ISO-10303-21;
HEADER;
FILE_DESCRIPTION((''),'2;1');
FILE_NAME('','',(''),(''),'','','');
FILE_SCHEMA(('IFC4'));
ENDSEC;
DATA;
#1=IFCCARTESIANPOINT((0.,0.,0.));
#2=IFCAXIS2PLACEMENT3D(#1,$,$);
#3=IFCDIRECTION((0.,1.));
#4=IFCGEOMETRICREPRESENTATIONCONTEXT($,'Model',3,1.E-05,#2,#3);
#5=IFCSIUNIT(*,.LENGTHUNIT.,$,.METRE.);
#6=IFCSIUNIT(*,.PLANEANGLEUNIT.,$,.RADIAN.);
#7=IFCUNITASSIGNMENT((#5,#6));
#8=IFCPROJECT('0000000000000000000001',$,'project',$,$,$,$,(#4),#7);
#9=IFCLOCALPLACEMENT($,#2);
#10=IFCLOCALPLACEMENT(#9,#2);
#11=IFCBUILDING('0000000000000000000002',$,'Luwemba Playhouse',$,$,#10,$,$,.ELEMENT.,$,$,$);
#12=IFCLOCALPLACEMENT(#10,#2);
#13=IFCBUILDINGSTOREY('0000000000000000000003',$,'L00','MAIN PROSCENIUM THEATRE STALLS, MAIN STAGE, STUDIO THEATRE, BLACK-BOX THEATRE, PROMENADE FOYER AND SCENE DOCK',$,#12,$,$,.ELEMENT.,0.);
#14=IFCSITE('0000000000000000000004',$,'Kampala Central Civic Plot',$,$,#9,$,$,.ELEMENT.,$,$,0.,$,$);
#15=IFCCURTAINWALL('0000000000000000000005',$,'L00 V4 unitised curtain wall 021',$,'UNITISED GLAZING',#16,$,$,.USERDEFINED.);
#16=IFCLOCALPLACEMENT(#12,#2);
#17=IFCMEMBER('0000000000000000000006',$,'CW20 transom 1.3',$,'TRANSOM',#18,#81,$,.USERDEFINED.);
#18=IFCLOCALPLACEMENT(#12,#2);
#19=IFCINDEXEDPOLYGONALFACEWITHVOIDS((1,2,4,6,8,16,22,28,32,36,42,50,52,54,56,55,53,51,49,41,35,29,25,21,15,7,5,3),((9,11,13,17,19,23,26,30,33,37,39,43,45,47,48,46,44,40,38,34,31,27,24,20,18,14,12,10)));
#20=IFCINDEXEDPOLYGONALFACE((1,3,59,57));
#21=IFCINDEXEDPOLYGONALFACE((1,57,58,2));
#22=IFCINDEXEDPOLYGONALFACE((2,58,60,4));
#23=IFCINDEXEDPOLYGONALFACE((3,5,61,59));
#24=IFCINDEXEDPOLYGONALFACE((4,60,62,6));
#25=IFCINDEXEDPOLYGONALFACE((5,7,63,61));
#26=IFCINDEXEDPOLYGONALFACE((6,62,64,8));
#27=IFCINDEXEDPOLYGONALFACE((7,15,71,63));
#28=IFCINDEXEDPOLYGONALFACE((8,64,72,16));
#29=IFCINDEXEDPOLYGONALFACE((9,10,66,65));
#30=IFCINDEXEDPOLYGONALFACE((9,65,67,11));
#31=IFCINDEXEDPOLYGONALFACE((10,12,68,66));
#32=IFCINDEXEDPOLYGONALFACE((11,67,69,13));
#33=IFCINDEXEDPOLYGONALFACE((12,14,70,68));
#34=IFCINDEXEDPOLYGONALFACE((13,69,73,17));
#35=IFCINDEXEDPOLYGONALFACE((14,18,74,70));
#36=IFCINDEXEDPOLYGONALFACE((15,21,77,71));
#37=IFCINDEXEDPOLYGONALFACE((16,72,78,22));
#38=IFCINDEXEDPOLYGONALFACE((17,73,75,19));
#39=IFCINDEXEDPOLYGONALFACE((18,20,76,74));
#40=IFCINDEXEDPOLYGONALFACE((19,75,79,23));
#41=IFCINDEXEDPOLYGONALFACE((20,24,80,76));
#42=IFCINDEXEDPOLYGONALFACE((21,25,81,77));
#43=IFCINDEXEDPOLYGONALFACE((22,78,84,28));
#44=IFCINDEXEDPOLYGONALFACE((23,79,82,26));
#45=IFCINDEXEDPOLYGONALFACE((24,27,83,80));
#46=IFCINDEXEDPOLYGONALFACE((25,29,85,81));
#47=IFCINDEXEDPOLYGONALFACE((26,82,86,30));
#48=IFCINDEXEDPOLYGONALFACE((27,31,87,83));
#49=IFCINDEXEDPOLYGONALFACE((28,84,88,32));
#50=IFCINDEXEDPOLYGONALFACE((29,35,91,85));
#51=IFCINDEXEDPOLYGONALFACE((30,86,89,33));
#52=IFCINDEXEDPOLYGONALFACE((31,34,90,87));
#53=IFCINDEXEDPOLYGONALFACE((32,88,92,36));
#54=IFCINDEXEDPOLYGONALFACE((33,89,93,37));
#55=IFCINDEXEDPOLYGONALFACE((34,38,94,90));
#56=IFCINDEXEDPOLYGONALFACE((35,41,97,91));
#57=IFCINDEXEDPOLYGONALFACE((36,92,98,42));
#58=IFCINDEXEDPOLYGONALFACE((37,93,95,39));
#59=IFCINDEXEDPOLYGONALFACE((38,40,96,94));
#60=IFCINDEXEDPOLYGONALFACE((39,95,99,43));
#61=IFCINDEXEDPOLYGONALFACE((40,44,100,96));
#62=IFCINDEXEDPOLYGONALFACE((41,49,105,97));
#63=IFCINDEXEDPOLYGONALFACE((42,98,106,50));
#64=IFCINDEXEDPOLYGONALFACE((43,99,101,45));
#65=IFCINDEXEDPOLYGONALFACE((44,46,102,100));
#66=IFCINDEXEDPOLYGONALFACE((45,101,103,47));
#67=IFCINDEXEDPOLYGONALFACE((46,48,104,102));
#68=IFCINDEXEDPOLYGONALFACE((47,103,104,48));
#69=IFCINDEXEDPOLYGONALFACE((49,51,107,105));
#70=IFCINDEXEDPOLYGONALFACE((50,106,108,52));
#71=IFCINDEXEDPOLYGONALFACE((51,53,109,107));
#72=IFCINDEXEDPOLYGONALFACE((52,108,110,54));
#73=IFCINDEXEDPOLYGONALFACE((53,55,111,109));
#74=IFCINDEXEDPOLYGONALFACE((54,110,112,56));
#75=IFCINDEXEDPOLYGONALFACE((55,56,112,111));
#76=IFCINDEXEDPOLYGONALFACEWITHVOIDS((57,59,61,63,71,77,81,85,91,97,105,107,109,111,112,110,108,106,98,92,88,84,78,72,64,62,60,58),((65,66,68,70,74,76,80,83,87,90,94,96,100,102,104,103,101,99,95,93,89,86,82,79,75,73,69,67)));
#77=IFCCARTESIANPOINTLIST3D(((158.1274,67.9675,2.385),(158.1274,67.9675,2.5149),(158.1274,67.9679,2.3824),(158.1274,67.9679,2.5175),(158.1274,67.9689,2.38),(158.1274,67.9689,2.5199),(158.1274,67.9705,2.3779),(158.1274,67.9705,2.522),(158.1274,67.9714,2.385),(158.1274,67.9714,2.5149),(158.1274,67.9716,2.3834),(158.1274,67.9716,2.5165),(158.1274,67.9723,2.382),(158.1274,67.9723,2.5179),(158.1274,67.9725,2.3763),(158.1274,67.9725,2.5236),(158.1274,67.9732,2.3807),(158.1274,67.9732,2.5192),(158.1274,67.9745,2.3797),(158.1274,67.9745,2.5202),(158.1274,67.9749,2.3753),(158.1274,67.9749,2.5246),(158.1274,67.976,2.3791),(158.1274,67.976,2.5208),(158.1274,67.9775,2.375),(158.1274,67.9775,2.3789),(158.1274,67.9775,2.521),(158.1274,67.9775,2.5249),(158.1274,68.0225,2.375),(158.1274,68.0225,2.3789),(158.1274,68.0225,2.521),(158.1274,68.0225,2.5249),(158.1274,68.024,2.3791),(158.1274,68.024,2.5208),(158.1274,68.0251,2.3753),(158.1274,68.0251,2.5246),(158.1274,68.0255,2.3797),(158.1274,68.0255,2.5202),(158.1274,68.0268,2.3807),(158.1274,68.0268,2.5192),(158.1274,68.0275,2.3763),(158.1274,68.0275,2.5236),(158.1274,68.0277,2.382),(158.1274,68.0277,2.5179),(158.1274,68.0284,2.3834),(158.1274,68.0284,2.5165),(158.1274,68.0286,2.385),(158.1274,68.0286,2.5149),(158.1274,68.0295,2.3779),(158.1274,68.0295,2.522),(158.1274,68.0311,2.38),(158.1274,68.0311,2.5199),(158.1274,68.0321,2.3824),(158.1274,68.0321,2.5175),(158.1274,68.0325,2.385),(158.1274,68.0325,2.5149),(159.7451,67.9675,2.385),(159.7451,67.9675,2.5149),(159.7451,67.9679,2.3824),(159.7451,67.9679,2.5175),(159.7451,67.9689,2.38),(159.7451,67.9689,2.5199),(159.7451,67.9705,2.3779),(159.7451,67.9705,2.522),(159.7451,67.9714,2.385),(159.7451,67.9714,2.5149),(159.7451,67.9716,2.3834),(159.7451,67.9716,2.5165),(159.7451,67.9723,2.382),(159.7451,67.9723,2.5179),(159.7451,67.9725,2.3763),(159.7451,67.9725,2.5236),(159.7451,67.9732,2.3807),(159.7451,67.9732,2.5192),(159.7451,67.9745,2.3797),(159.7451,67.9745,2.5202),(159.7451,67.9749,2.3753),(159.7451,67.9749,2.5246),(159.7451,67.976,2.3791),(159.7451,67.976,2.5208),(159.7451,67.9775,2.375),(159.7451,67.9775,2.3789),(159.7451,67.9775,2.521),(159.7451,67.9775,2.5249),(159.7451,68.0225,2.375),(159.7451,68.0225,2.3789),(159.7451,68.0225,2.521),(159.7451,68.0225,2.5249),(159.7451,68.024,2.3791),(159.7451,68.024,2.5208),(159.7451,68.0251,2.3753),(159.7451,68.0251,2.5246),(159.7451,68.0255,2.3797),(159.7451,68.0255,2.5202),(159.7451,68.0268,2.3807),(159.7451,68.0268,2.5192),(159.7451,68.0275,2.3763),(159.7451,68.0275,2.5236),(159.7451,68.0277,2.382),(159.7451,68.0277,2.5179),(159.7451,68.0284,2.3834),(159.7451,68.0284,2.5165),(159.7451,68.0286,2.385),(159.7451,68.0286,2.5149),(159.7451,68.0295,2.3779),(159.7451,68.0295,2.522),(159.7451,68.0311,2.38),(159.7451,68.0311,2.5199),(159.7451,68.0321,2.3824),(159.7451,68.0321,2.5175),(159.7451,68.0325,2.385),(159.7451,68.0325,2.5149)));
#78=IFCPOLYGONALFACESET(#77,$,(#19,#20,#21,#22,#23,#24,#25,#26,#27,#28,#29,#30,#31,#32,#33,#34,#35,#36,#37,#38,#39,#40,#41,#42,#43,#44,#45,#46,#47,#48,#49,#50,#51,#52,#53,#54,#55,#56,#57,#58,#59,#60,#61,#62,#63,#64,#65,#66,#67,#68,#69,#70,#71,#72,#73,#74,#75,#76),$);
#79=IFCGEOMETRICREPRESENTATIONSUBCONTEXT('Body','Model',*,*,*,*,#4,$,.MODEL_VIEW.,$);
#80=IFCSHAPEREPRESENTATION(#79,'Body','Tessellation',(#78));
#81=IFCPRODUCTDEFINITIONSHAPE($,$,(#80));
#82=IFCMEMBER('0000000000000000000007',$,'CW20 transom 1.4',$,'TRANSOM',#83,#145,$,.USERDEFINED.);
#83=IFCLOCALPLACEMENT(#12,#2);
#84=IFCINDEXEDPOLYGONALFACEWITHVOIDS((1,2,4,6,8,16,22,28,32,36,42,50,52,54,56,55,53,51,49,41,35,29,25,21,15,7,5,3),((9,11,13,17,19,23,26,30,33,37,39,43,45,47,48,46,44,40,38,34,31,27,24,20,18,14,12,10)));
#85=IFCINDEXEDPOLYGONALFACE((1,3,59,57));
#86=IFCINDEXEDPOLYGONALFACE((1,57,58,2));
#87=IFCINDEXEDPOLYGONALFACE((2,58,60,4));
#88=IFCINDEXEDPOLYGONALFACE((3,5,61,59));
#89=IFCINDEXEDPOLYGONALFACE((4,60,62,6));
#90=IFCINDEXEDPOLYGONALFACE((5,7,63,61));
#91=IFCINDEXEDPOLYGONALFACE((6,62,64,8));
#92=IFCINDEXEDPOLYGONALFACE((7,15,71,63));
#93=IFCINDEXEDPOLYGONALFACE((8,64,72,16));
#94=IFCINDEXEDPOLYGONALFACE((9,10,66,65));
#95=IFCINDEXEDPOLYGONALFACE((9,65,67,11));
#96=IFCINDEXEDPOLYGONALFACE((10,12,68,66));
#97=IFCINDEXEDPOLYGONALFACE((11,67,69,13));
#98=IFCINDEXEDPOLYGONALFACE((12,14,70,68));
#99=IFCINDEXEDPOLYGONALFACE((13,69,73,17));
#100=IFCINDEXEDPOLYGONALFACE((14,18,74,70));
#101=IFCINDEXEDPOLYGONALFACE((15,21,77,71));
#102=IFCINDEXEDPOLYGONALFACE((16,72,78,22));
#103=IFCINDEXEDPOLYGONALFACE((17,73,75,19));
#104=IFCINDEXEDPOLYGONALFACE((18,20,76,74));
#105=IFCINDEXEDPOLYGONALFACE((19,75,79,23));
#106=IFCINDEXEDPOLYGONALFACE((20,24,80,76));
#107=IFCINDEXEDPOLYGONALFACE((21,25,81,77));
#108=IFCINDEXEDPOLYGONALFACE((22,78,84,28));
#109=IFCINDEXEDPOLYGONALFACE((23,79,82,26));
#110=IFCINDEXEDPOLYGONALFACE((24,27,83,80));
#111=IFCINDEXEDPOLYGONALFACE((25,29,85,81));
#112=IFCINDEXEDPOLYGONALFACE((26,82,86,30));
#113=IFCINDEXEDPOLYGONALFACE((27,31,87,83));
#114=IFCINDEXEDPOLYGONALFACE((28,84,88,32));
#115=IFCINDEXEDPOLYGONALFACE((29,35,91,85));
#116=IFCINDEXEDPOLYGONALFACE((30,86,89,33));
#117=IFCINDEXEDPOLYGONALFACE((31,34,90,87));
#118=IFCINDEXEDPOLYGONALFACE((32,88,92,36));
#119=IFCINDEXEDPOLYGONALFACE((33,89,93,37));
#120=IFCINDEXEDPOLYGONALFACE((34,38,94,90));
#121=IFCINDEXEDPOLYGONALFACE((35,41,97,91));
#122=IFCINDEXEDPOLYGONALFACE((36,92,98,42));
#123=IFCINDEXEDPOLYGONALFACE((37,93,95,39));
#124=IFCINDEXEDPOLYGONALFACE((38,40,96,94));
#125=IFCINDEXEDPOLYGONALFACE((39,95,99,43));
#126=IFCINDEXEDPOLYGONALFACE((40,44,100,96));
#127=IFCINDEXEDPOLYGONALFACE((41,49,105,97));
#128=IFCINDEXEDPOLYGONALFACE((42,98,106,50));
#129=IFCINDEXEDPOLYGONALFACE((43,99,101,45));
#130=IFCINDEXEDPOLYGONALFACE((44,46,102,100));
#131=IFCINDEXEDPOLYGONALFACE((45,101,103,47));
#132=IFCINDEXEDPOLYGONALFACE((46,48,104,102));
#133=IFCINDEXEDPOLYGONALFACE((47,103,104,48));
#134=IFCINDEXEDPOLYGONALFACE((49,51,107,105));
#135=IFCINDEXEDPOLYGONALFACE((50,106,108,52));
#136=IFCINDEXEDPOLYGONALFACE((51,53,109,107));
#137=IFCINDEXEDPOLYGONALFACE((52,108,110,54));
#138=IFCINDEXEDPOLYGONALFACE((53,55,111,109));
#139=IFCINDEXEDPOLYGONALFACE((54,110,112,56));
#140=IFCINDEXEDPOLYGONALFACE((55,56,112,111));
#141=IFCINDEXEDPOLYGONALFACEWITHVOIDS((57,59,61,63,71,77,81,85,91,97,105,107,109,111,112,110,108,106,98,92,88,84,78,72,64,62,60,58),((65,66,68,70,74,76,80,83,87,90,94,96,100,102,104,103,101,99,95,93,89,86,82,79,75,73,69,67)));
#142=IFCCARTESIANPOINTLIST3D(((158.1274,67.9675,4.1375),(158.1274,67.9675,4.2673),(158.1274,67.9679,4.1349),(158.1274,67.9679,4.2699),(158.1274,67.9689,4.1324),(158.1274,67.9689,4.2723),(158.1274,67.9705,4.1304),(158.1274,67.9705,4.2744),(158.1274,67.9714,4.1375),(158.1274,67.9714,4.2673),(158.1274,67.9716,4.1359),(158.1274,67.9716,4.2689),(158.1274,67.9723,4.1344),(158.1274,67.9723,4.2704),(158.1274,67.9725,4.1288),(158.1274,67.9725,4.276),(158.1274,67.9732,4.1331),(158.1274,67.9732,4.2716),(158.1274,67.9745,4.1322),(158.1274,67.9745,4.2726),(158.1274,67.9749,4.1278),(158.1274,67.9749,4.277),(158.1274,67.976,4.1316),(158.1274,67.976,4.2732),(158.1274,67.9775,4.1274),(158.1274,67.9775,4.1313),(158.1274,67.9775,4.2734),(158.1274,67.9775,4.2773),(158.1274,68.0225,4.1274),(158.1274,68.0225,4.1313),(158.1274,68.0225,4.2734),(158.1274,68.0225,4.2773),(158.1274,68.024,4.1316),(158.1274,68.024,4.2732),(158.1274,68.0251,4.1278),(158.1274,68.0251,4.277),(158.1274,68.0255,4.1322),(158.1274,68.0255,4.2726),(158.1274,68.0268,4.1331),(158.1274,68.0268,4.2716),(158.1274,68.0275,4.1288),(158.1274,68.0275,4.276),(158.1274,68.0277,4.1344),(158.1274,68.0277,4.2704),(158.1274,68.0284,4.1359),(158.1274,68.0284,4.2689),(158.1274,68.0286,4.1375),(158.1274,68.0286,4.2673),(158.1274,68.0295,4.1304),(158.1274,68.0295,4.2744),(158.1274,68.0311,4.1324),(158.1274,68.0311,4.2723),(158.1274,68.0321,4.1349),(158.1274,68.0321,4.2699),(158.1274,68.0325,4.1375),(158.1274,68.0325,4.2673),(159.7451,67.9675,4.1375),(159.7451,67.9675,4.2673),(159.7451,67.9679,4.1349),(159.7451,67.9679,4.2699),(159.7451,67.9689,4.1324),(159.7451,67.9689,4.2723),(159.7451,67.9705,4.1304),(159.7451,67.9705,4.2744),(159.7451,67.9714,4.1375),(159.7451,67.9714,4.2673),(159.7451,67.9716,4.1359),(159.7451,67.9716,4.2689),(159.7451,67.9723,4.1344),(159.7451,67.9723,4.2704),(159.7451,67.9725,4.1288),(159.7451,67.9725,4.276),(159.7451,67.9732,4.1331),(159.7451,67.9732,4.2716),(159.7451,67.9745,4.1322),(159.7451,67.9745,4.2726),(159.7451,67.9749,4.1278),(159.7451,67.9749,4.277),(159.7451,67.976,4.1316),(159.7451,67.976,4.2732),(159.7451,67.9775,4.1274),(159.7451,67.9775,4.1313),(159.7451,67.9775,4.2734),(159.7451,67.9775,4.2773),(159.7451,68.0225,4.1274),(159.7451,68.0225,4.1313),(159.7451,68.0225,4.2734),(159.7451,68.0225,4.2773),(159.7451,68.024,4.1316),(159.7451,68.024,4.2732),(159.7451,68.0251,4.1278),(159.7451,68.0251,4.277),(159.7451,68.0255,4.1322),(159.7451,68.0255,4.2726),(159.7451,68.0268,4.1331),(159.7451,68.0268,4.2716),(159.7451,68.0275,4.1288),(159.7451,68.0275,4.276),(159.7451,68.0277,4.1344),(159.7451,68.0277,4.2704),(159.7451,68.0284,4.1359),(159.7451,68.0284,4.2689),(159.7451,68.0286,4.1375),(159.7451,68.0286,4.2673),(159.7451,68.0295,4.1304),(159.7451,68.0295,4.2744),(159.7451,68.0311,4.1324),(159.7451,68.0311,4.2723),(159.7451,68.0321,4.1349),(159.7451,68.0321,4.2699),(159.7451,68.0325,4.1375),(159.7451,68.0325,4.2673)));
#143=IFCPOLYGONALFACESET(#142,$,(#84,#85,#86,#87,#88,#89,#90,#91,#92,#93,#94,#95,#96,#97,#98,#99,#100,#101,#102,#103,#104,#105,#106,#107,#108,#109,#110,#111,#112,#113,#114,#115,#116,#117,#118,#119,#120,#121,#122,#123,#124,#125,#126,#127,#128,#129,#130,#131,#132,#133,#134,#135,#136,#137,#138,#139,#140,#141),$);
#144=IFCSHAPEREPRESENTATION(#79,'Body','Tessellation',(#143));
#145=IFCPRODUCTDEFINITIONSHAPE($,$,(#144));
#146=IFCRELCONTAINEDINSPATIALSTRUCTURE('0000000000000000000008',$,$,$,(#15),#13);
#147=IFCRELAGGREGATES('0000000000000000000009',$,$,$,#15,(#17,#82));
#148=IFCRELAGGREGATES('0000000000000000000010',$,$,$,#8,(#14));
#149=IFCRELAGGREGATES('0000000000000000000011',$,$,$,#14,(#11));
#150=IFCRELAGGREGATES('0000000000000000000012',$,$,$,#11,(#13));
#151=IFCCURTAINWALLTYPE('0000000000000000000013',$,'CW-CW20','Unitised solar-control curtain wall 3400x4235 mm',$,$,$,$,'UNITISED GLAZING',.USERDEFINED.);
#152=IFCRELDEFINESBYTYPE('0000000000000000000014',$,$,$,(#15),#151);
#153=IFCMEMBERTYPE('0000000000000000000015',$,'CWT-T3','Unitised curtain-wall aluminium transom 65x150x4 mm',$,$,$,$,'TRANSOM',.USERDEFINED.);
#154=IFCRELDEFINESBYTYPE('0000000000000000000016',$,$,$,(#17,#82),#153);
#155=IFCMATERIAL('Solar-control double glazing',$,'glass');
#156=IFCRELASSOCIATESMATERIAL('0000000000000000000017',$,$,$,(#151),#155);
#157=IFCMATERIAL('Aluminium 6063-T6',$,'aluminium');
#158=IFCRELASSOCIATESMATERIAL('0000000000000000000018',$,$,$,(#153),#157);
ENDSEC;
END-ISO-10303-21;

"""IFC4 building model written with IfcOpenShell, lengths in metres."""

from ifc_helpers import new_model, si_unit, direction, frame, origin, origin_2d, place, context, subcontext, project, spatial, hollow_rectangle, extrude, material, material_profile, profile_set, type_object, element, aggregate, save


model = new_model("IFC4")

# Units and contexts
model_context = context("Model", 3, precision=1e-05, world=origin(), true_north=direction((0.0, 1.0)))
body_context = subcontext(model_context, "Body", "Model", "MODEL_VIEW")
ifc_project = project(units=[si_unit("LENGTHUNIT", "METRE"), si_unit("PLANEANGLEUNIT", "RADIAN")], contexts=[model_context])

# Site, building, storey
site_placement = place(None, origin())
site = spatial("IfcSite", under=ifc_project, at=site_placement, Name="Kampala Central Civic Plot", CompositionType="ELEMENT", RefElevation=0.0)
building_placement = place(site_placement, origin())
building = spatial("IfcBuilding", under=site, at=building_placement, Name="Luwemba Playhouse", CompositionType="ELEMENT")
storey_placement = place(building_placement, origin())
storey = spatial("IfcBuildingStorey", under=building, at=storey_placement, Name="L00", Description="MAIN PROSCENIUM THEATRE STALLS, MAIN STAGE, STUDIO THEATRE, BLACK-BOX THEATRE, PROMENADE FOYER AND SCENE DOCK", CompositionType="ELEMENT", Elevation=0.0)

# Shared definitions
ifc_material_1 = material(Name="Solar-control double glazing", Category="glass")
ifc_material_2 = material(Name="Aluminium 6063-T6", Category="aluminium")

# Curtain wall, members
curtain_wall_type_1 = type_object("IfcCurtainWallType", Name="CW-CW20", Description="Unitised solar-control curtain wall 3400x4235 mm", ElementType="UNITISED GLAZING", PredefinedType="USERDEFINED", material=ifc_material_1)
curtain_wall_1_placement = place(storey_placement, origin())
curtain_wall_1 = element("IfcCurtainWall", 1, at=curtain_wall_1_placement, inside=storey, type_object=curtain_wall_type_1, Name="L00 V4 unitised curtain wall 021", ObjectType="UNITISED GLAZING", PredefinedType="USERDEFINED")
ifc_material_profile_1 = material_profile(ifc_material_2, hollow_rectangle(XDim=0.0649, YDim=0.1499, WallThickness=0.0039, InnerFilletRadius=0.0061, OuterFilletRadius=0.01, at=origin_2d()))
ifc_profile_set_1 = profile_set([ifc_material_profile_1], Name="Aluminium 6063-T6")
member_type_1 = type_object("IfcMemberType", Name="CWT-T3", Description="Unitised curtain-wall aluminium transom 65x150x4 mm", ElementType="TRANSOM", PredefinedType="USERDEFINED", material=ifc_profile_set_1)
member_1_placement = place(storey_placement, frame((159.7451, 68.0, 2.45), z_axis=(-1.0, 0.0, 0.0), x_axis=(0.0, -1.0, 0.0)))
member_1 = element("IfcMember", 2, at=member_1_placement, type_object=member_type_1, Name="CW20 transom 1.3", ObjectType="TRANSOM", PredefinedType="USERDEFINED", context=body_context, shape_type="SweptSolid", body=[
    extrude(hollow_rectangle(XDim=0.0649, YDim=0.1499, WallThickness=0.0039, InnerFilletRadius=0.0061, OuterFilletRadius=0.01, at=origin_2d()), origin(), (0.0, 0.0, 1.0), 1.6177),
])
member_2_placement = place(storey_placement, frame((159.7451, 68.0, 4.2024), z_axis=(-1.0, 0.0, 0.0), x_axis=(0.0, -1.0, 0.0)))
member_2 = element("IfcMember", 3, at=member_2_placement, type_object=member_type_1, Name="CW20 transom 1.4", ObjectType="TRANSOM", PredefinedType="USERDEFINED", context=body_context, shape_type="SweptSolid", body=[
    extrude(hollow_rectangle(XDim=0.0649, YDim=0.1499, WallThickness=0.0039, InnerFilletRadius=0.0061, OuterFilletRadius=0.01, at=origin_2d()), origin(), (0.0, 0.0, 1.0), 1.6177),
])

aggregate(curtain_wall_1, [member_1, member_2])

save(model, "model.ifc")
